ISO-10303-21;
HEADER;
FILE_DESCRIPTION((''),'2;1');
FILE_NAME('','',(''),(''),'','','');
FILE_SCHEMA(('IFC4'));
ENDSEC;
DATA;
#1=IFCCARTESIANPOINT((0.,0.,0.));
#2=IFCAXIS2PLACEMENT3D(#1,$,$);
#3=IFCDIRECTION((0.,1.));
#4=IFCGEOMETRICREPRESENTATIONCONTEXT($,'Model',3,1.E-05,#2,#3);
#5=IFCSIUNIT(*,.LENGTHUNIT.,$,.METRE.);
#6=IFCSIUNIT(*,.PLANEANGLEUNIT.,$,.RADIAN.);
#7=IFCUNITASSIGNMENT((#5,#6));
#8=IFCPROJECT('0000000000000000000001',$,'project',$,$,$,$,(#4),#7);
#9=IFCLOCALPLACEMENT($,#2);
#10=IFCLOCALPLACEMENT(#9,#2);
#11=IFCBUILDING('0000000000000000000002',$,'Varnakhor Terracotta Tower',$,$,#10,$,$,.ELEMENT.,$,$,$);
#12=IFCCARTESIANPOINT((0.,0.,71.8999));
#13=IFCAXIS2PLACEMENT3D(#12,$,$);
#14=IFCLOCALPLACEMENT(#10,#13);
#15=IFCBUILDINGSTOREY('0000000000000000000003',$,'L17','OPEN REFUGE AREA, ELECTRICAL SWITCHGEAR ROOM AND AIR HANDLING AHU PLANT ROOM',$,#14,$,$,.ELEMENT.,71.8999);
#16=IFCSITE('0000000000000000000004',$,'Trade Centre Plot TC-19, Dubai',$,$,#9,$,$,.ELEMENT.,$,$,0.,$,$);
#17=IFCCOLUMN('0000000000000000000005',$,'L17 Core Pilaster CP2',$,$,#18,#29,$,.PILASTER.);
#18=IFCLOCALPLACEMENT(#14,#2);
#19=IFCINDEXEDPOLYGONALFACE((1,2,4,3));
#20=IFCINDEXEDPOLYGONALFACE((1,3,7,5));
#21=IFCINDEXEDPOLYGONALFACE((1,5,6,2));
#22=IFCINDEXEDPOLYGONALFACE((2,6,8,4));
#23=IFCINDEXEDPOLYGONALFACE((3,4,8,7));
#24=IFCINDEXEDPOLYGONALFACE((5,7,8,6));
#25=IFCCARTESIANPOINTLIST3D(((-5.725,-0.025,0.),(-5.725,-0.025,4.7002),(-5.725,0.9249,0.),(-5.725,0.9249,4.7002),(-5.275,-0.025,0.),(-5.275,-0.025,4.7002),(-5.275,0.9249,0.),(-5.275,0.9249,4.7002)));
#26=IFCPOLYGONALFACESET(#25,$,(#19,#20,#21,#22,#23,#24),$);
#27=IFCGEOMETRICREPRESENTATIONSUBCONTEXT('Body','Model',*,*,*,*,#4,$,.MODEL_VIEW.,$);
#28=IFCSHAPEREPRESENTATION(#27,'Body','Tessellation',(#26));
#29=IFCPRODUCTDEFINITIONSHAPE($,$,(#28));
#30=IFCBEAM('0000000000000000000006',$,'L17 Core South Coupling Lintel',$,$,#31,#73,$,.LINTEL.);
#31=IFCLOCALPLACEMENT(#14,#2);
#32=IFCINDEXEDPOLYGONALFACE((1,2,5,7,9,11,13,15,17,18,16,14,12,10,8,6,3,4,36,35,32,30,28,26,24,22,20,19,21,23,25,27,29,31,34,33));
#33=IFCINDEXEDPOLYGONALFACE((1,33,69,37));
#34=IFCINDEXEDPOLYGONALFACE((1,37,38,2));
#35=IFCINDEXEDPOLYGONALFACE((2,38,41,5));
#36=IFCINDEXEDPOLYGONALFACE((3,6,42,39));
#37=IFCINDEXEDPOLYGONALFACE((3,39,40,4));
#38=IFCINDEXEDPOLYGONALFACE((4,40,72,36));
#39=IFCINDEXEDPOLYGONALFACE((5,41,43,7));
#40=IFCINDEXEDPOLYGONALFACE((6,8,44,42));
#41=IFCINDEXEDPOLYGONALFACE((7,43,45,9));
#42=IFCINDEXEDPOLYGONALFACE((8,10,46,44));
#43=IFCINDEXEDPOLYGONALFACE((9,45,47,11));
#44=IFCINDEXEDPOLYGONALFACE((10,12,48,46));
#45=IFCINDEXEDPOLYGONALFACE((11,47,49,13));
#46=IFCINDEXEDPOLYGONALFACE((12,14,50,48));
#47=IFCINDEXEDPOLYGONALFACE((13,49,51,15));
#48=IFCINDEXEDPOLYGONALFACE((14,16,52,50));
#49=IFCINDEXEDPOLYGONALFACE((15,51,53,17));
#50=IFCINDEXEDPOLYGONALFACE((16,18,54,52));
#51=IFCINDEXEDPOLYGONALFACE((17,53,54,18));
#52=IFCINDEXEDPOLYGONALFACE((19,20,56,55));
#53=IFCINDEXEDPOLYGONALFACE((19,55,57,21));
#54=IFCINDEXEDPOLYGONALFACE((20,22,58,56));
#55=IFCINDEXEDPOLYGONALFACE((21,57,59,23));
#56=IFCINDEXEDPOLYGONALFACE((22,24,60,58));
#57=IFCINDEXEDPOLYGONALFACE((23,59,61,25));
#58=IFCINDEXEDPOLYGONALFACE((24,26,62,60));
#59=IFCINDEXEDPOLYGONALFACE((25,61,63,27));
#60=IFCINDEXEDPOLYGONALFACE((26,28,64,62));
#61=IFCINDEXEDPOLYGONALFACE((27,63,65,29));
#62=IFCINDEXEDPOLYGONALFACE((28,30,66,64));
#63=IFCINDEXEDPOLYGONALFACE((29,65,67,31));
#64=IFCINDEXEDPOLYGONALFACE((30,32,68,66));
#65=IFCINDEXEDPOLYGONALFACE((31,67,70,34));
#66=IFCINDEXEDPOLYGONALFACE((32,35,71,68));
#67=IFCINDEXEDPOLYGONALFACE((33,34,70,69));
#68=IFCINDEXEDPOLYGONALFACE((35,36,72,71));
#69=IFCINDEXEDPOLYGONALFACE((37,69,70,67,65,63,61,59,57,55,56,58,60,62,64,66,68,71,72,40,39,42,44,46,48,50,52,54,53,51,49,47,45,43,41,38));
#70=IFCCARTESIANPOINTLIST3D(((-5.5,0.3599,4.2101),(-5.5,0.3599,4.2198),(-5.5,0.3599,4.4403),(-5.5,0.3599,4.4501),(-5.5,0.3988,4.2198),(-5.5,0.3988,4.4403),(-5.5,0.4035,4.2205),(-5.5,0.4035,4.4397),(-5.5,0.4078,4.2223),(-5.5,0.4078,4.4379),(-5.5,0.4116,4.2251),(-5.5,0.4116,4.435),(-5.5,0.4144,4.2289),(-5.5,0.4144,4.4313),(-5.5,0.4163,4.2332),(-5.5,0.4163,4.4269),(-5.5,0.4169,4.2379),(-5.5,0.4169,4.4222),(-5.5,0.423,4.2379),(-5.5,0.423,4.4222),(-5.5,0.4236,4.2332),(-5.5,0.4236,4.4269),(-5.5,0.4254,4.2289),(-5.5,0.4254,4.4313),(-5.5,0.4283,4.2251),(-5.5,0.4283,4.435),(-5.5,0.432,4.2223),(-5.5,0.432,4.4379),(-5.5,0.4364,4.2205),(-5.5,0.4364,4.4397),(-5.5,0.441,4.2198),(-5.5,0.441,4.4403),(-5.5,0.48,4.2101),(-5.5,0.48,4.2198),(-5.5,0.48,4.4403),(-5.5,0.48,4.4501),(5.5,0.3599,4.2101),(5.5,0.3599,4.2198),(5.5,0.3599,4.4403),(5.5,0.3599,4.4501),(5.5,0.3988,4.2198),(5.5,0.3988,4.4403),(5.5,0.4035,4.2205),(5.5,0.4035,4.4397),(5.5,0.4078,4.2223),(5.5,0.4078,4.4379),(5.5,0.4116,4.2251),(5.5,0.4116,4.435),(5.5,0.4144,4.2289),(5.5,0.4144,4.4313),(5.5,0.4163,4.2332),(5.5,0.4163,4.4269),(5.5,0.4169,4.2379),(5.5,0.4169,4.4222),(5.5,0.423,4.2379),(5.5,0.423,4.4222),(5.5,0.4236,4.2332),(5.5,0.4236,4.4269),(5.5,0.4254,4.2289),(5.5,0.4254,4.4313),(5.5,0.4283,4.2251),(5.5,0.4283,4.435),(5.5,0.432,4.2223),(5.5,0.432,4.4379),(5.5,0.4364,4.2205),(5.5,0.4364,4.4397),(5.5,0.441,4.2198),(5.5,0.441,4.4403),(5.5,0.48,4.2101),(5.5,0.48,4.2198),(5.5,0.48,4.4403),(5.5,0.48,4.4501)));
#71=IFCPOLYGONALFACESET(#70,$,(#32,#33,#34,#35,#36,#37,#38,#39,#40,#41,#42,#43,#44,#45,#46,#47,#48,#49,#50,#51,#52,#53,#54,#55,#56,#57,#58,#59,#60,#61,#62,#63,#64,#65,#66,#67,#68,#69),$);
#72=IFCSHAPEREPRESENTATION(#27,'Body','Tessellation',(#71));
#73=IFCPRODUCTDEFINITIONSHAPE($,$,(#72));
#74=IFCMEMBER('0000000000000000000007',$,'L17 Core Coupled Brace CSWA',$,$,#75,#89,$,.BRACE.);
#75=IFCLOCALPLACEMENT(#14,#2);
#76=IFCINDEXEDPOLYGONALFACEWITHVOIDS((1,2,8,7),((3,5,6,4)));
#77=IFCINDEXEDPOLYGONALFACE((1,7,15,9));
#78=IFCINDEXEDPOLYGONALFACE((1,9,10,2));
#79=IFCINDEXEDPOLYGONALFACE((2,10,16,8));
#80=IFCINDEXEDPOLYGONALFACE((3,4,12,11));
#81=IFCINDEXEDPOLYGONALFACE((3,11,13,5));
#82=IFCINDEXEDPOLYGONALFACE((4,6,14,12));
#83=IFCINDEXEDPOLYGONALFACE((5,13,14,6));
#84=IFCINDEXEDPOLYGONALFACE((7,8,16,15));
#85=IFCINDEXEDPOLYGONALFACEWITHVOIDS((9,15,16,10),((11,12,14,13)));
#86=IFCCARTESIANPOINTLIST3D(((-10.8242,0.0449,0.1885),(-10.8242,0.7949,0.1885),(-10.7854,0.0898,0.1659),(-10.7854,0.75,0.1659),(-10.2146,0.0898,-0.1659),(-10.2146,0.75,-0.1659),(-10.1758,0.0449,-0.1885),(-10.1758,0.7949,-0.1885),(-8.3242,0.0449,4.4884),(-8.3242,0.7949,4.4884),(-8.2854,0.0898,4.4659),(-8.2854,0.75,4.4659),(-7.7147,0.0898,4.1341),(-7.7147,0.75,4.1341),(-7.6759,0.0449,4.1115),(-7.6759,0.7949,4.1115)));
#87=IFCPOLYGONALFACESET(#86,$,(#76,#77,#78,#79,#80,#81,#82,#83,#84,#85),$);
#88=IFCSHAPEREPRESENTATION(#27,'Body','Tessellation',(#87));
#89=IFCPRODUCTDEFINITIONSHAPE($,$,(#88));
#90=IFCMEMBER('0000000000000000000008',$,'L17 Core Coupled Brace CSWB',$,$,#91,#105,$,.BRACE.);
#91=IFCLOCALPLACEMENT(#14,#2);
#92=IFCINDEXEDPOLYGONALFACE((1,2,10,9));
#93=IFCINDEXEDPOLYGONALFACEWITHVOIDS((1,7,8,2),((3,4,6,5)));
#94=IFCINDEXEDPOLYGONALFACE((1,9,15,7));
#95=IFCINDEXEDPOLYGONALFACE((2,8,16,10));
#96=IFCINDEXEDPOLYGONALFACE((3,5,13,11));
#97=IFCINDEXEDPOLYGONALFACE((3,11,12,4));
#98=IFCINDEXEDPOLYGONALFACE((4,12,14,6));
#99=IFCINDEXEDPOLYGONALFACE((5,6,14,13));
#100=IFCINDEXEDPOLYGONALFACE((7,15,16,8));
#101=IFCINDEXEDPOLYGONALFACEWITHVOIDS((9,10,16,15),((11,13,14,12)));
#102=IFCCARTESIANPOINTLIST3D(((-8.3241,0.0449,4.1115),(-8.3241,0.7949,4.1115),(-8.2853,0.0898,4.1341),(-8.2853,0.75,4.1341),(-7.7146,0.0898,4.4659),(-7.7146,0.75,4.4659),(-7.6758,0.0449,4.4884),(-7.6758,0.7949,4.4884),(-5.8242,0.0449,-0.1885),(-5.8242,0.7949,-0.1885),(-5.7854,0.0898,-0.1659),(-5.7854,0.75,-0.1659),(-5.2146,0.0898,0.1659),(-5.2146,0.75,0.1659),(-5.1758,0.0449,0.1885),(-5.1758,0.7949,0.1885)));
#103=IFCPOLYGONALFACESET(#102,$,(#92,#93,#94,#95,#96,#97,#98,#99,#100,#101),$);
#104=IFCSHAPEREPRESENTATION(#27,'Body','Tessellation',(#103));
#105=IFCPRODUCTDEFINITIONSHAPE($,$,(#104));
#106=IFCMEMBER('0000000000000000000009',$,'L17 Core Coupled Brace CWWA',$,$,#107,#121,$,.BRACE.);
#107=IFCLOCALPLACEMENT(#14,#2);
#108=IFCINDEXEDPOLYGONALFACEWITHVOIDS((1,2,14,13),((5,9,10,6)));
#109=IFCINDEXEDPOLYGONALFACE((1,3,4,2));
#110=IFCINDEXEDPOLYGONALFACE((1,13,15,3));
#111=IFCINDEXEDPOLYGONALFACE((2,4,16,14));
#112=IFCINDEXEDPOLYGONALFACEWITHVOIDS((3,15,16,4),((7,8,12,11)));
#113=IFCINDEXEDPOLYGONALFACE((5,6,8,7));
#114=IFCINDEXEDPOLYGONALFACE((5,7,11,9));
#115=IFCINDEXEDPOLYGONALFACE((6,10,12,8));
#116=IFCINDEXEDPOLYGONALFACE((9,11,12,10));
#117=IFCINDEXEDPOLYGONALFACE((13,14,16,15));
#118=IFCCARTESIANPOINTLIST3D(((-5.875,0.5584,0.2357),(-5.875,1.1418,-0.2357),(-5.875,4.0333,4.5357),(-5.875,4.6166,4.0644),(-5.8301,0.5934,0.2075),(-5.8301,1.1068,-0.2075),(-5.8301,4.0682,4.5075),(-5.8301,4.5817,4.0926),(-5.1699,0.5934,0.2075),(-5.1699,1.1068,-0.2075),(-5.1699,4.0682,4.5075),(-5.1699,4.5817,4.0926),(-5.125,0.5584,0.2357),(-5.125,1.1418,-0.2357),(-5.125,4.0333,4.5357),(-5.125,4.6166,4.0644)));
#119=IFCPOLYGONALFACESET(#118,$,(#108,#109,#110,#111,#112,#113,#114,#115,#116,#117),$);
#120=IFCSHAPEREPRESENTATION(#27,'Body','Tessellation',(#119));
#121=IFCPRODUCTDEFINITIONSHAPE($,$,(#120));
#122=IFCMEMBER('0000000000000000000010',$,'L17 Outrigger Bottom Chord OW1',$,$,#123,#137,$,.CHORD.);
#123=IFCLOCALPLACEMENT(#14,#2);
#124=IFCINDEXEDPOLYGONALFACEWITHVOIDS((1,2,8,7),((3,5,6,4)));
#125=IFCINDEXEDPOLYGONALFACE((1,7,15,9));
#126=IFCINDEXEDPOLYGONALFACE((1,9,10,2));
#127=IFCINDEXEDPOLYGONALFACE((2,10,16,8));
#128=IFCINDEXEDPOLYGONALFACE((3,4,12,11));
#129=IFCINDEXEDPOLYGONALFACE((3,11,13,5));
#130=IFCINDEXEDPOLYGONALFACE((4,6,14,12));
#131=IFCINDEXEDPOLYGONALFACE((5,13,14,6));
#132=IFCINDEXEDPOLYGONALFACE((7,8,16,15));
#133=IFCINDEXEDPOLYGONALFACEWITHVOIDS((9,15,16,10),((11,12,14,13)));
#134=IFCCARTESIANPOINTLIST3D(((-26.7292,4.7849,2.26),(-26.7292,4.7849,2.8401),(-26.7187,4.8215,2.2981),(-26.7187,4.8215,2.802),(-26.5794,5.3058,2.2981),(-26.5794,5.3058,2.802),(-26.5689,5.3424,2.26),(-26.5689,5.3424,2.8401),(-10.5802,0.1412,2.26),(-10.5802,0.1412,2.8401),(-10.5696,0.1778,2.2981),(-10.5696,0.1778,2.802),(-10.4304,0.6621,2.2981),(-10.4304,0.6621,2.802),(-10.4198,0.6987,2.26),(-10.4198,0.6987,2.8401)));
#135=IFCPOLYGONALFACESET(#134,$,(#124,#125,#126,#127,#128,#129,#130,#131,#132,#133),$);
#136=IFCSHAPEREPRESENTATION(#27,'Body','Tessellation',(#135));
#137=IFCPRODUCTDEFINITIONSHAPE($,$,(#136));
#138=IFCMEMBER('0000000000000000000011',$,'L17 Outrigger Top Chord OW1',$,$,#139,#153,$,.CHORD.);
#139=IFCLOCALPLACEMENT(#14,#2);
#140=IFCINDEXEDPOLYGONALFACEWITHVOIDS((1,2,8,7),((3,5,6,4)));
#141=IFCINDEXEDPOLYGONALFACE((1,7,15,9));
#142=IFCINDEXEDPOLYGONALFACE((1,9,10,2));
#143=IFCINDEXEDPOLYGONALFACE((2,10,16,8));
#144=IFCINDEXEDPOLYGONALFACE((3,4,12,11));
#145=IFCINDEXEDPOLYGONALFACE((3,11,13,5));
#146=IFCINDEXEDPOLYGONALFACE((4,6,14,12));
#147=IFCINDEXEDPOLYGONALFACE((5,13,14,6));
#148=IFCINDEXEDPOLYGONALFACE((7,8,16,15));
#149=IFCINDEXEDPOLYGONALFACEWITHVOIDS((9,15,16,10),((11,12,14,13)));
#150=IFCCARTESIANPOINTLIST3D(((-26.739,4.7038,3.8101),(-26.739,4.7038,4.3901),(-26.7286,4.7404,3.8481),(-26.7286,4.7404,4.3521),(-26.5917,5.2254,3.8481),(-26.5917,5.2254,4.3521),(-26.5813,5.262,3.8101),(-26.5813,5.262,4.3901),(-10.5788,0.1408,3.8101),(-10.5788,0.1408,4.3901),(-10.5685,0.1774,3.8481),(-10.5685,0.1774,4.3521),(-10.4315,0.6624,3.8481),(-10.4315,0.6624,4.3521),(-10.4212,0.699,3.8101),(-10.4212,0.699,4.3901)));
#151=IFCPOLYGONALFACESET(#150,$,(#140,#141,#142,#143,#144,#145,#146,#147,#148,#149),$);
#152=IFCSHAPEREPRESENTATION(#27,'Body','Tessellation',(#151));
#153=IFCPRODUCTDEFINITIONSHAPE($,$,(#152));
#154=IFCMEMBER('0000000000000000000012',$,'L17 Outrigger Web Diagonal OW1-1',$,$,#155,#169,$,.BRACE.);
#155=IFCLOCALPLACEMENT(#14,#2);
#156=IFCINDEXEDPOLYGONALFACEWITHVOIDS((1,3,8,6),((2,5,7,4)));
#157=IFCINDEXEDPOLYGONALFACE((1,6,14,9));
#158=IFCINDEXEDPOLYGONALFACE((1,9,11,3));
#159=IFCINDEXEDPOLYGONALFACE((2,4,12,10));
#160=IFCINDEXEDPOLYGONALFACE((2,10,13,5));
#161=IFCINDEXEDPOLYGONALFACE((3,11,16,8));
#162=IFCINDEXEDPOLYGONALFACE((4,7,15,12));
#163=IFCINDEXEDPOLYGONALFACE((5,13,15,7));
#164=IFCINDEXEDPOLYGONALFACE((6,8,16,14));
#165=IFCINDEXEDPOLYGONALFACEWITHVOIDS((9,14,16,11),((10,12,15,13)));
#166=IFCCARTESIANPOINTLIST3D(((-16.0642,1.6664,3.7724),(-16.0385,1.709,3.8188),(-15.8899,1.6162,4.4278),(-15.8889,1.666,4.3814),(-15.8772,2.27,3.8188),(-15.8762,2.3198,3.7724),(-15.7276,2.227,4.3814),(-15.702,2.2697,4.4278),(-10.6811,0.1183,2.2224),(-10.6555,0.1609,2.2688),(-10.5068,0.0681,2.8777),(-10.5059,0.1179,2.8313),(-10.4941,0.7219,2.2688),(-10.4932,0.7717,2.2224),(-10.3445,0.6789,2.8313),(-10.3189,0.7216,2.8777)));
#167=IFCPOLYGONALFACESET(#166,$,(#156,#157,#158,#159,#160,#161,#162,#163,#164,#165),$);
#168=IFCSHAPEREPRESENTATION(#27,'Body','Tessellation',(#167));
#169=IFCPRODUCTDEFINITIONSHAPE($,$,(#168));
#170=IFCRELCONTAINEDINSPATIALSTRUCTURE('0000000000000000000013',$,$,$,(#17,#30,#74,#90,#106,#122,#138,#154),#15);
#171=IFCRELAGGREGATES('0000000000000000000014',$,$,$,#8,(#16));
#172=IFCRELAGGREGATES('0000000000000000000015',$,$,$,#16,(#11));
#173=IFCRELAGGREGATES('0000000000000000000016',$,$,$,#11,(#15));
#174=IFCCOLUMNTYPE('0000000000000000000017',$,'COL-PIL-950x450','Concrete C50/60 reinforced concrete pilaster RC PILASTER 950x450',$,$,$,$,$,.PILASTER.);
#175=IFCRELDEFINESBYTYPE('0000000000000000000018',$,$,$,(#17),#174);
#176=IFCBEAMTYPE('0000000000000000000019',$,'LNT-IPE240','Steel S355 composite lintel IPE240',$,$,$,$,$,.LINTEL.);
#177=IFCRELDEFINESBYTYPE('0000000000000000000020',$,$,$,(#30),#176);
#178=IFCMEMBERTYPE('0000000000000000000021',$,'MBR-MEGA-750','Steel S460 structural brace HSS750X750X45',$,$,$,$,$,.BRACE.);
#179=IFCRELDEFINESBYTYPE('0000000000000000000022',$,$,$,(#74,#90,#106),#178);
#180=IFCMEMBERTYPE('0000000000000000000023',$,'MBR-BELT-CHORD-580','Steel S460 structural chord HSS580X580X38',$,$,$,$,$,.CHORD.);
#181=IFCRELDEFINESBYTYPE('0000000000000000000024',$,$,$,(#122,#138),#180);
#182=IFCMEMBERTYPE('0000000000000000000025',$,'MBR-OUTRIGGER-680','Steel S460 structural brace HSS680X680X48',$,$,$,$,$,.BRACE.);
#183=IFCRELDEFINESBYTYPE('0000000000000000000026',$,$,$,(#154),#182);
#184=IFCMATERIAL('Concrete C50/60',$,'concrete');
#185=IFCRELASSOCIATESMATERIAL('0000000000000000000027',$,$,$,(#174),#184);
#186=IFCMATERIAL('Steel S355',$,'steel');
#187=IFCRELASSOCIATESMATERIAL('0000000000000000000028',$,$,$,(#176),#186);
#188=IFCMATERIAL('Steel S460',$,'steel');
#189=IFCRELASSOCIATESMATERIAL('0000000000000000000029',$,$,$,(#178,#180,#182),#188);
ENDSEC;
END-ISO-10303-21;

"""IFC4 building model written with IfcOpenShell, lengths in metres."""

from ifc_helpers import new_model, si_unit, direction, frame, origin, origin_2d, place, context, subcontext, project, spatial, rectangle, hollow_rectangle, i_section, extrude, source, transform, mapped, material, material_profile, profile_set, type_object, type_shapes, element, save


model = new_model("IFC4")

# Units and contexts
model_context = context("Model", 3, precision=1e-05, world=origin(), true_north=direction((0.0, 1.0)))
body_context = subcontext(model_context, "Body", "Model", "MODEL_VIEW")
ifc_project = project(units=[si_unit("LENGTHUNIT", "METRE"), si_unit("PLANEANGLEUNIT", "RADIAN")], contexts=[model_context])

# Site, building, storey
site_placement = place(None, origin())
site = spatial("IfcSite", under=ifc_project, at=site_placement, Name="Trade Centre Plot TC-19, Dubai", CompositionType="ELEMENT", RefElevation=0.0)
building_placement = place(site_placement, origin())
building = spatial("IfcBuilding", under=site, at=building_placement, Name="Varnakhor Terracotta Tower", CompositionType="ELEMENT")
storey_placement = place(building_placement, frame((0.0, 0.0, 71.8999)))
storey = spatial("IfcBuildingStorey", under=building, at=storey_placement, Name="L17", Description="OPEN REFUGE AREA, ELECTRICAL SWITCHGEAR ROOM AND AIR HANDLING AHU PLANT ROOM", CompositionType="ELEMENT", Elevation=71.8999)

# Column
ifc_material_1 = material(Name="Concrete C50/60", Category="concrete")
ifc_material_profile_1 = material_profile(ifc_material_1, rectangle(XDim=0.45, YDim=0.95, at=origin_2d()), Name="RC PILASTER 950x450")
ifc_profile_set_1 = profile_set([ifc_material_profile_1], Name="Concrete C50/60")
column_type = type_object("IfcColumnType", Name="COL-PIL-950x450", Description="Concrete C50/60 reinforced concrete pilaster RC PILASTER 950x450", PredefinedType="PILASTER", material=ifc_profile_set_1)
shared_shape_1 = source(origin(), body_context, "Body", "SweptSolid", [
    extrude(rectangle(XDim=0.45, YDim=0.95, at=origin_2d()), origin(), (0.0, 0.0, 1.0), 4.7002),
])
column_placement = place(storey_placement, frame((-5.5, 0.45, 0.0), z_axis=(0.0, 0.0, 1.0), x_axis=(1.0, 0.0, 0.0)))
element("IfcColumn", 1, at=column_placement, inside=storey, type_object=column_type, Name="L17 Core Pilaster CP2", PredefinedType="PILASTER", context=body_context, shape_type="MappedRepresentation", body=[
    mapped(shared_shape_1, transform((0.0, 0.0, 0.0), scale=1.0)),
])

# Beam
ifc_material_2 = material(Name="Steel S355", Category="steel")
ifc_material_profile_2 = material_profile(ifc_material_2, i_section(OverallWidth=0.1201, OverallDepth=0.24, WebThickness=0.0061, FlangeThickness=0.0098, FilletRadius=0.0181, at=origin_2d()), Name="IPE240")
ifc_profile_set_2 = profile_set([ifc_material_profile_2], Name="Steel S355")
beam_type = type_object("IfcBeamType", Name="LNT-IPE240", Description="Steel S355 composite lintel IPE240", PredefinedType="LINTEL", material=ifc_profile_set_2)
shared_shape_2 = source(origin(), body_context, "Body", "SweptSolid", [
    extrude(i_section(OverallWidth=0.1201, OverallDepth=0.24, WebThickness=0.0061, FlangeThickness=0.0098, FilletRadius=0.0181, at=origin_2d()), origin(), (0.0, 0.0, 1.0), 11.0),
])
type_shapes(beam_type, [shared_shape_2])
beam_placement = place(storey_placement, frame((-5.5, 0.4199, 4.3301), z_axis=(1.0, 0.0, 0.0), x_axis=(0.0, 1.0, 0.0)))
element("IfcBeam", 2, at=beam_placement, inside=storey, type_object=beam_type, Name="L17 Core South Coupling Lintel", PredefinedType="LINTEL", context=body_context, shape_type="MappedRepresentation", body=[
    mapped(shared_shape_2, transform((0.0, 0.0, 0.0), scale=1.0)),
])

# Members
ifc_material_3 = material(Name="Steel S460", Category="steel")
ifc_material_profile_3 = material_profile(ifc_material_3, hollow_rectangle(XDim=0.75, YDim=0.75, WallThickness=0.0449, at=origin_2d()), Name="HSS750X750X45")
ifc_profile_set_3 = profile_set([ifc_material_profile_3], Name="Steel S460")
member_type_1 = type_object("IfcMemberType", Name="MBR-MEGA-750", Description="Steel S460 structural brace HSS750X750X45", PredefinedType="BRACE", material=ifc_profile_set_3)
shared_shape_3 = source(origin(), body_context, "Body", "SweptSolid", [
    extrude(hollow_rectangle(XDim=0.75, YDim=0.75, WallThickness=0.0449, at=origin_2d()), origin(), (0.0, 0.0, 1.0), 4.9739),
])
for number, where, z_axis, x_axis, name in (
    (3, (-10.5, 0.4199, 0.0), (0.502616, 0.0, 0.86451), (0.0, 1.0, 0.0), "L17 Core Coupled Brace CSWA"),
    (4, (-5.5, 0.4199, 0.0), (-0.502616, 0.0, 0.86451), (0.0, -1.0, 0.0), "L17 Core Coupled Brace CSWB"),
):
    element("IfcMember", number, at=place(storey_placement, frame(where, z_axis=z_axis, x_axis=x_axis)), inside=storey, type_object=member_type_1, Name=name, PredefinedType="BRACE", context=body_context, shape_type="MappedRepresentation", body=[
        mapped(shared_shape_3, transform((0.0, 0.0, 0.0), scale=1.0)),
    ])
shared_shape_4 = source(origin(), body_context, "Body", "SweptSolid", [
    extrude(hollow_rectangle(XDim=0.75, YDim=0.75, WallThickness=0.0449, at=origin_2d()), origin(), (0.0, 0.0, 1.0), 5.5286),
])
member_1_placement = place(storey_placement, frame((-5.5, 0.8501, 0.0), z_axis=(0.0, 0.628527, 0.777788), x_axis=(-1.0, 0.0, 0.0)))
element("IfcMember", 5, at=member_1_placement, inside=storey, type_object=member_type_1, Name="L17 Core Coupled Brace CWWA", PredefinedType="BRACE", context=body_context, shape_type="MappedRepresentation", body=[
    mapped(shared_shape_4, transform((0.0, 0.0, 0.0), scale=1.0)),
])
ifc_material_profile_4 = material_profile(ifc_material_3, hollow_rectangle(XDim=0.5801, YDim=0.5801, WallThickness=0.0381, at=origin_2d()), Name="HSS580X580X38")
ifc_profile_set_4 = profile_set([ifc_material_profile_4], Name="Steel S460")
member_type_2 = type_object("IfcMemberType", Name="MBR-BELT-CHORD-580", Description="Steel S460 structural chord HSS580X580X38", PredefinedType="CHORD", material=ifc_profile_set_4)
shared_shape_5 = source(origin(), body_context, "Body", "SweptSolid", [
    extrude(hollow_rectangle(XDim=0.5801, YDim=0.5801, WallThickness=0.0381, at=origin_2d()), origin(), (0.0, 0.0, 1.0), 16.8035),
])
member_2_placement = place(storey_placement, frame((-10.5, 0.4199, 2.55), z_axis=(-0.961055, 0.276358, 0.0), x_axis=(-0.276358, -0.961055, 0.0)))
element("IfcMember", 6, at=member_2_placement, inside=storey, type_object=member_type_2, Name="L17 Outrigger Bottom Chord OW1", PredefinedType="CHORD", context=body_context, shape_type="MappedRepresentation", body=[
    mapped(shared_shape_5, transform((0.0, 0.0, 0.0), scale=1.0)),
])
shared_shape_6 = source(origin(), body_context, "Body", "SweptSolid", [
    extrude(hollow_rectangle(XDim=0.5801, YDim=0.5801, WallThickness=0.0381, at=origin_2d()), origin(), (0.0, 0.0, 1.0), 16.792),
])
member_3_placement = place(storey_placement, frame((-10.5, 0.4199, 4.1001), z_axis=(-0.962372, 0.271736, 0.0), x_axis=(-0.271736, -0.962372, 0.0)))
element("IfcMember", 7, at=member_3_placement, inside=storey, type_object=member_type_2, Name="L17 Outrigger Top Chord OW1", PredefinedType="CHORD", context=body_context, shape_type="MappedRepresentation", body=[
    mapped(shared_shape_6, transform((0.0, 0.0, 0.0), scale=1.0)),
])
ifc_material_profile_5 = material_profile(ifc_material_3, hollow_rectangle(XDim=0.6799, YDim=0.6799, WallThickness=0.0481, at=origin_2d()), Name="HSS680X680X48")
ifc_profile_set_5 = profile_set([ifc_material_profile_5], Name="Steel S460")
member_type_3 = type_object("IfcMemberType", Name="MBR-OUTRIGGER-680", Description="Steel S460 structural brace HSS680X680X48", PredefinedType="BRACE", material=ifc_profile_set_5)
shared_shape_7 = source(origin(), body_context, "Body", "SweptSolid", [
    extrude(hollow_rectangle(XDim=0.6799, YDim=0.6799, WallThickness=0.0481, at=origin_2d()), origin(), (0.0, 0.0, 1.0), 5.8118),
])
member_4_placement = place(storey_placement, frame((-10.5, 0.4199, 2.55), z_axis=(-0.926235, 0.266373, 0.266709), x_axis=(-0.276384, -0.961047, 0.0)))
element("IfcMember", 8, at=member_4_placement, inside=storey, type_object=member_type_3, Name="L17 Outrigger Web Diagonal OW1-1", PredefinedType="BRACE", context=body_context, shape_type="MappedRepresentation", body=[
    mapped(shared_shape_7, transform((0.0, 0.0, 0.0), scale=1.0)),
])

save(model, "model.ifc")
